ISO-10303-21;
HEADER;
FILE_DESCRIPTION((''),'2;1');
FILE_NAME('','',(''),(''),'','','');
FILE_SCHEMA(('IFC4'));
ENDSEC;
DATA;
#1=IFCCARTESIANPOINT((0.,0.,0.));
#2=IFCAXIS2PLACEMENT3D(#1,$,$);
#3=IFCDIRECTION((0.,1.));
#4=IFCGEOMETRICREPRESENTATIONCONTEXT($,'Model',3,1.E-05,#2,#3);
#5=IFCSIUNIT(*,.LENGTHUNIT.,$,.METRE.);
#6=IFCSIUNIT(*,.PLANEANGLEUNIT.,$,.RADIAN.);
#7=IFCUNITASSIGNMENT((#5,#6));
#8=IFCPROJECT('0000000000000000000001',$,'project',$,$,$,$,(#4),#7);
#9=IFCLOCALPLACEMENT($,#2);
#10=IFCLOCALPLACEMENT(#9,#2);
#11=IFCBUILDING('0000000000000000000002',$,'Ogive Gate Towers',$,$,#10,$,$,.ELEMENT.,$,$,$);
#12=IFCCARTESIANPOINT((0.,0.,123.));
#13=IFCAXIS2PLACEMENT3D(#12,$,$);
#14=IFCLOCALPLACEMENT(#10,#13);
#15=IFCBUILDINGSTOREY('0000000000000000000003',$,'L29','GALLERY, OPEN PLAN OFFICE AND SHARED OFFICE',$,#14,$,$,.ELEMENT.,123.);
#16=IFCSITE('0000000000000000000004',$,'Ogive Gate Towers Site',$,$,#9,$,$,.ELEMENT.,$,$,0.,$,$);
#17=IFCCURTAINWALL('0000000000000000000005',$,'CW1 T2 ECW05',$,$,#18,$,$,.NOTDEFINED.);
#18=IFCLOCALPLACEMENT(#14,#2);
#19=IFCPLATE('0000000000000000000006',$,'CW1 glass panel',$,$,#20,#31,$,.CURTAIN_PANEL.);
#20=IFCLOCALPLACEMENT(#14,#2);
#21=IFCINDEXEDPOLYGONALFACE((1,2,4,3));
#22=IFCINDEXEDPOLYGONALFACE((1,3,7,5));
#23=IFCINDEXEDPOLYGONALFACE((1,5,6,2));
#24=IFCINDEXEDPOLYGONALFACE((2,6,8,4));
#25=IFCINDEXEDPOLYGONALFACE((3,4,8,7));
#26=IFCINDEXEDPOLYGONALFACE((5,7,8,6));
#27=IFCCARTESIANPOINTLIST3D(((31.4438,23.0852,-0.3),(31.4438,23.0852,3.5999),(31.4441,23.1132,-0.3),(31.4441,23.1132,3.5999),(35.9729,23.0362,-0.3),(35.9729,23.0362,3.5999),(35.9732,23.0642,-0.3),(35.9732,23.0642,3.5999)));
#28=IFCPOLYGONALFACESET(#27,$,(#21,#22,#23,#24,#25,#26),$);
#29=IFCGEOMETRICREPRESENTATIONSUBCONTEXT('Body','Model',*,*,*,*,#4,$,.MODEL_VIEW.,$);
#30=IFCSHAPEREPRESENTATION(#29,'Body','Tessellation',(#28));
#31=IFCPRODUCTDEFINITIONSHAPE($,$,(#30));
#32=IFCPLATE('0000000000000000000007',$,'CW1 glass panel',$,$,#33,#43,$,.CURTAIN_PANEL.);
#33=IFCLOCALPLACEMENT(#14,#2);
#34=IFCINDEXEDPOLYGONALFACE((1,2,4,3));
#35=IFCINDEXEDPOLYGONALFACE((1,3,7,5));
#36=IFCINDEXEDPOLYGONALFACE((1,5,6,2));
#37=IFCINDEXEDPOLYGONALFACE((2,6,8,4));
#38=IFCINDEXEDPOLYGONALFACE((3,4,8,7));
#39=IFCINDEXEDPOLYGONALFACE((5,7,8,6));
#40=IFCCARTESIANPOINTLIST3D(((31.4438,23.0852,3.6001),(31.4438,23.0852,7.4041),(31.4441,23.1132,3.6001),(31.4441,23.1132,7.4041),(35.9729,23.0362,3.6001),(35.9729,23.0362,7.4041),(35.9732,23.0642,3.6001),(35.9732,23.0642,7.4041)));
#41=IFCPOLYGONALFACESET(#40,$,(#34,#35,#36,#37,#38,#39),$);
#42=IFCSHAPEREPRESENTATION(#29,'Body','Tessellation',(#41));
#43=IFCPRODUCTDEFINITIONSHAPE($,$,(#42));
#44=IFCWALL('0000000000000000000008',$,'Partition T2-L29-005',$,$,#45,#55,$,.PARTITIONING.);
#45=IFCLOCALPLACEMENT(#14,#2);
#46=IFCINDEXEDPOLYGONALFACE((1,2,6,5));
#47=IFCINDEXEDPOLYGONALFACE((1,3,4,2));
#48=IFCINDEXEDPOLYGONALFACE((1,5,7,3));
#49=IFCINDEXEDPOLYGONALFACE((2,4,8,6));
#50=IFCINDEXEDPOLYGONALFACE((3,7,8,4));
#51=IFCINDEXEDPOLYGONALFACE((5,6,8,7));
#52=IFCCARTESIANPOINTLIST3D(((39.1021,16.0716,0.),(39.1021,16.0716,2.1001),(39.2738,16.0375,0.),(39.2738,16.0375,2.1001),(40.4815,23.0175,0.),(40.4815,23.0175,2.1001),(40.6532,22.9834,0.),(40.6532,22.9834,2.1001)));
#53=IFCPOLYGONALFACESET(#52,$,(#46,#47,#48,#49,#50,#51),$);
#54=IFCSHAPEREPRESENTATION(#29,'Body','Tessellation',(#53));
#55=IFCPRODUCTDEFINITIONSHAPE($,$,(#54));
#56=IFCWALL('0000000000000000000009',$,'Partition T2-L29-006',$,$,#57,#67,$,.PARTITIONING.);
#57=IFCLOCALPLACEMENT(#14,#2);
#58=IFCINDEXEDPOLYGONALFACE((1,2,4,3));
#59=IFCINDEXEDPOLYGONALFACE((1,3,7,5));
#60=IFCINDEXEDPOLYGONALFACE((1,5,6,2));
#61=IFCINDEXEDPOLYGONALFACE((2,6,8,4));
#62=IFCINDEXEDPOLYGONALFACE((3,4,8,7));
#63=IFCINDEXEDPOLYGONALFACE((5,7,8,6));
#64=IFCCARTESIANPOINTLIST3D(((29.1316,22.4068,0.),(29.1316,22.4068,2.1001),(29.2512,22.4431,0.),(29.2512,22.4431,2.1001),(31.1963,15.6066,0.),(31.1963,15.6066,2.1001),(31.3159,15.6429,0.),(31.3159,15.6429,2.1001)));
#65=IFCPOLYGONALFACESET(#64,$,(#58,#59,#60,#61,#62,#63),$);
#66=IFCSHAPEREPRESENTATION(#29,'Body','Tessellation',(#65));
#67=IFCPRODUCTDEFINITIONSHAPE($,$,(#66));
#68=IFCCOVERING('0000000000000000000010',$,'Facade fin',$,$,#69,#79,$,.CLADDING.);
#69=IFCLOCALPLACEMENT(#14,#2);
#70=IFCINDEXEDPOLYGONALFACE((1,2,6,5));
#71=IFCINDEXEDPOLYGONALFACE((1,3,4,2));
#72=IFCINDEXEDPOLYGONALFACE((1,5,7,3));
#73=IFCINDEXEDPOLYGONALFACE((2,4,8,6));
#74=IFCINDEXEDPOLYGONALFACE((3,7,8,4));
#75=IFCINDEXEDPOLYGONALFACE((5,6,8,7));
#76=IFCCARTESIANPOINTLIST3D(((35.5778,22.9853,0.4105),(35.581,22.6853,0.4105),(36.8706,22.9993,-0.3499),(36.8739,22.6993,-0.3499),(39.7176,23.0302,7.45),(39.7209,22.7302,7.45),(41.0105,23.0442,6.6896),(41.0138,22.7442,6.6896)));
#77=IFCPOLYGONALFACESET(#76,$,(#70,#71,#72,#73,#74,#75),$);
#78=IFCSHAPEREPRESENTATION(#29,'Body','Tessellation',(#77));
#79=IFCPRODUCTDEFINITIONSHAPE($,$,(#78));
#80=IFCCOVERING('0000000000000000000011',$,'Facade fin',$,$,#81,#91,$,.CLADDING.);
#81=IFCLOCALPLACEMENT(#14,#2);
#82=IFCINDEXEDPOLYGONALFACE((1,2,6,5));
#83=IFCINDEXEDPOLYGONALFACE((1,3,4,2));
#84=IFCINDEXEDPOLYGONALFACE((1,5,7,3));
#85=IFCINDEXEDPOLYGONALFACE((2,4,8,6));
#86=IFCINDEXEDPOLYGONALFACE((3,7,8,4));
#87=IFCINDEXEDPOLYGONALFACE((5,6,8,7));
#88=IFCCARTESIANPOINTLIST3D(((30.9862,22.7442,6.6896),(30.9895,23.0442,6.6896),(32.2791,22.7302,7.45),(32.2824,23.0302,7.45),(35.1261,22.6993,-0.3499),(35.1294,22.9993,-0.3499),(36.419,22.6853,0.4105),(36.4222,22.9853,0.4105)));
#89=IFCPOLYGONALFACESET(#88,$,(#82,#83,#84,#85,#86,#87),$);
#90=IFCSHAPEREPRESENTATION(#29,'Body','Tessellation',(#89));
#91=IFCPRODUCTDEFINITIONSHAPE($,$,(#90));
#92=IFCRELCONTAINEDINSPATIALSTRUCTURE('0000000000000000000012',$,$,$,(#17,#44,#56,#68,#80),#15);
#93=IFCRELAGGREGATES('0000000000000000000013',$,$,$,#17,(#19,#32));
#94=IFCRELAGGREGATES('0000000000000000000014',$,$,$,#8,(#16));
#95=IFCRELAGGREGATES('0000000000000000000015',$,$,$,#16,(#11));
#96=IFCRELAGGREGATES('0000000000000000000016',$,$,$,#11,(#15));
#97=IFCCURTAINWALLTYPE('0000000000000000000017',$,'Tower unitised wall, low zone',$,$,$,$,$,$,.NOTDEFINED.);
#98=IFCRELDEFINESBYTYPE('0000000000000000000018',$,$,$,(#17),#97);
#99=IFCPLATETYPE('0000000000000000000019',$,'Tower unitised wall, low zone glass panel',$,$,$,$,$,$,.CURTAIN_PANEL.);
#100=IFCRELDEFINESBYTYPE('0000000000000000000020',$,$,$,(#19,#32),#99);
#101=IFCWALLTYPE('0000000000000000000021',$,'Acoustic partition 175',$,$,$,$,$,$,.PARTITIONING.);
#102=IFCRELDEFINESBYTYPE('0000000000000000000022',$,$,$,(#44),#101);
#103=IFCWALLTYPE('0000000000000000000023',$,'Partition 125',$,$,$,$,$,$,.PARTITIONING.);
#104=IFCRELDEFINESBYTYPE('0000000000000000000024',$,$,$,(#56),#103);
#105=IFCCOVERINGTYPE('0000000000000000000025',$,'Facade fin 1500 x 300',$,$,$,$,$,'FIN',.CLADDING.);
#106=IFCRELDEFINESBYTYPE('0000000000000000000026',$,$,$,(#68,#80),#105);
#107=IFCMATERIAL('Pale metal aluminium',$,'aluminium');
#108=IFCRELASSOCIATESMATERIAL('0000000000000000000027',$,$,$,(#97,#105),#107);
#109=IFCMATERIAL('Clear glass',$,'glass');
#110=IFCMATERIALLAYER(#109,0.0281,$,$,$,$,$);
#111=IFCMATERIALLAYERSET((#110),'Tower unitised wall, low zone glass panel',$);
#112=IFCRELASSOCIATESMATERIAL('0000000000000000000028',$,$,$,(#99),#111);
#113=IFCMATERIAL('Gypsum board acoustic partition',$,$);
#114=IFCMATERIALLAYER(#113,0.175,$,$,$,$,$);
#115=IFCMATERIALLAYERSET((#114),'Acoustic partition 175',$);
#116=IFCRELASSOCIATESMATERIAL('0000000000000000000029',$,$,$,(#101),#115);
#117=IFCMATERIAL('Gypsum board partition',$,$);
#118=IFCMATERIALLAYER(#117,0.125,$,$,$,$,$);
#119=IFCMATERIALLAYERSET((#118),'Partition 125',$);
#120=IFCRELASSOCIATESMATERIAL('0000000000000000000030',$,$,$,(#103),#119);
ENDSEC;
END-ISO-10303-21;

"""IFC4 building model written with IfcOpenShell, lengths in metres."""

from ifc_helpers import new_model, si_unit, direction, frame, frame_2d, origin, origin_2d, place, context, subcontext, project, spatial, rectangle, extrude, material, layer, layer_set, material_profile, profile_set, type_object, element, aggregate, save


model = new_model("IFC4")

# Units and contexts
model_context = context("Model", 3, precision=1e-05, world=origin(), true_north=direction((0.0, 1.0)))
body_context = subcontext(model_context, "Body", "Model", "MODEL_VIEW")
ifc_project = project(units=[si_unit("LENGTHUNIT", "METRE"), si_unit("PLANEANGLEUNIT", "RADIAN")], contexts=[model_context])

# Site, building, storey
site_placement = place(None, origin())
site = spatial("IfcSite", under=ifc_project, at=site_placement, Name="Ogive Gate Towers Site", CompositionType="ELEMENT", RefElevation=0.0)
building_placement = place(site_placement, origin())
building = spatial("IfcBuilding", under=site, at=building_placement, Name="Ogive Gate Towers", CompositionType="ELEMENT")
storey_placement = place(building_placement, frame((0.0, 0.0, 123.0)))
storey = spatial("IfcBuildingStorey", under=building, at=storey_placement, Name="L29", Description="GALLERY, OPEN PLAN OFFICE AND SHARED OFFICE", CompositionType="ELEMENT", Elevation=123.0)

# Curtain wall
ifc_material_1 = material(Name="Pale metal aluminium", Category="aluminium")
curtain_wall_type = type_object("IfcCurtainWallType", Name="Tower unitised wall, low zone", PredefinedType="NOTDEFINED", material=ifc_material_1)
curtain_wall_1_placement = place(storey_placement, origin())
curtain_wall_1 = element("IfcCurtainWall", 1, at=curtain_wall_1_placement, inside=storey, type_object=curtain_wall_type, Name="CW1 T2 ECW05", PredefinedType="NOTDEFINED")

# Plates
ifc_material_2 = material(Name="Clear glass", Category="glass")
ifc_layer_1 = layer(ifc_material_2, 0.0281)
ifc_layer_set_1 = layer_set([ifc_layer_1], Name="Tower unitised wall, low zone glass panel")
plate_type = type_object("IfcPlateType", Name="Tower unitised wall, low zone glass panel", PredefinedType="CURTAIN_PANEL", material=ifc_layer_set_1)
plate_1_placement = place(storey_placement, frame((33.7085, 23.0747, -0.3), z_axis=(0.0, 0.0, 1.0), x_axis=(0.999941, -0.010821, 0.0)))
plate_1 = element("IfcPlate", 2, at=plate_1_placement, type_object=plate_type, Name="CW1 glass panel", PredefinedType="CURTAIN_PANEL", context=body_context, shape_type="SweptSolid", body=[
    extrude(rectangle(XDim=4.5293, YDim=0.0281, at=origin_2d()), origin(), (0.0, 0.0, 1.0), 3.8999),
])
plate_2_placement = place(storey_placement, frame((33.7085, 23.0747, 3.6001), z_axis=(0.0, 0.0, 1.0), x_axis=(0.999941, -0.010821, 0.0)))
plate_2 = element("IfcPlate", 3, at=plate_2_placement, type_object=plate_type, Name="CW1 glass panel", PredefinedType="CURTAIN_PANEL", context=body_context, shape_type="SweptSolid", body=[
    extrude(rectangle(XDim=4.5293, YDim=0.0281, at=origin_2d()), origin(), (0.0, 0.0, 1.0), 3.804),
])
aggregate(curtain_wall_1, [plate_1, plate_2])

# Walls
ifc_material_3 = material(Name="Gypsum board acoustic partition")
ifc_layer_2 = layer(ifc_material_3, 0.175)
ifc_layer_set_2 = layer_set([ifc_layer_2], Name="Acoustic partition 175")
wall_type_1 = type_object("IfcWallType", Name="Acoustic partition 175", PredefinedType="PARTITIONING", material=ifc_layer_set_2)
wall_1_placement = place(storey_placement, frame((40.5674, 23.0005, 0.0), z_axis=(0.0, 0.0, 1.0), x_axis=(-0.19479, -0.980845, 0.0)))
element("IfcWall", 4, at=wall_1_placement, inside=storey, type_object=wall_type_1, Name="Partition T2-L29-005", PredefinedType="PARTITIONING", context=body_context, shape_type="SweptSolid", body=[
    extrude(rectangle(XDim=7.0815, YDim=0.175, at=frame_2d((3.5408, 0.0))), origin(), (0.0, 0.0, 1.0), 2.1001),
])
ifc_material_4 = material(Name="Gypsum board partition")
ifc_layer_3 = layer(ifc_material_4, 0.125)
ifc_layer_set_3 = layer_set([ifc_layer_3], Name="Partition 125")
wall_type_2 = type_object("IfcWallType", Name="Partition 125", PredefinedType="PARTITIONING", material=ifc_layer_set_3)
wall_2_placement = place(storey_placement, frame((29.1914, 22.4248, 0.0), z_axis=(0.0, 0.0, 1.0), x_axis=(0.290533, -0.956865, 0.0)))
element("IfcWall", 5, at=wall_2_placement, inside=storey, type_object=wall_type_2, Name="Partition T2-L29-006", PredefinedType="PARTITIONING", context=body_context, shape_type="SweptSolid", body=[
    extrude(rectangle(XDim=7.1067, YDim=0.125, at=frame_2d((3.5532, 0.0))), origin(), (0.0, 0.0, 1.0), 2.1001),
])

# Coverings
ifc_material_profile_1 = material_profile(ifc_material_1, rectangle(XDim=0.3, YDim=1.5, at=origin_2d()), Name="1500 x 300 pale metal aluminium")
ifc_profile_set_1 = profile_set([ifc_material_profile_1], Name="Pale metal aluminium")
covering_type = type_object("IfcCoveringType", Name="Facade fin 1500 x 300", ElementType="FIN", PredefinedType="CLADDING", material=ifc_profile_set_1)
for number, where, z_axis, x_axis, name in (
    (6, (36.2258, 22.8423, 0.0303), (0.50692, 0.005501, 0.861976), (-0.01085, 0.999941, 0.0), "Facade fin"),
    (7, (35.7742, 22.8423, 0.0303), (-0.50692, 0.005501, 0.861976), (-0.01085, -0.999941, 0.0), "Facade fin"),
):
    element("IfcCovering", number, at=place(storey_placement, frame(where, z_axis=z_axis, x_axis=x_axis)), inside=storey, type_object=covering_type, Name=name, PredefinedType="CLADDING", context=body_context, shape_type="SweptSolid", body=[
        extrude(rectangle(XDim=0.3, YDim=1.5, at=origin_2d()), origin(), (0.0, 0.0, 1.0), 8.1667),
    ])

save(model, "model.ifc")
